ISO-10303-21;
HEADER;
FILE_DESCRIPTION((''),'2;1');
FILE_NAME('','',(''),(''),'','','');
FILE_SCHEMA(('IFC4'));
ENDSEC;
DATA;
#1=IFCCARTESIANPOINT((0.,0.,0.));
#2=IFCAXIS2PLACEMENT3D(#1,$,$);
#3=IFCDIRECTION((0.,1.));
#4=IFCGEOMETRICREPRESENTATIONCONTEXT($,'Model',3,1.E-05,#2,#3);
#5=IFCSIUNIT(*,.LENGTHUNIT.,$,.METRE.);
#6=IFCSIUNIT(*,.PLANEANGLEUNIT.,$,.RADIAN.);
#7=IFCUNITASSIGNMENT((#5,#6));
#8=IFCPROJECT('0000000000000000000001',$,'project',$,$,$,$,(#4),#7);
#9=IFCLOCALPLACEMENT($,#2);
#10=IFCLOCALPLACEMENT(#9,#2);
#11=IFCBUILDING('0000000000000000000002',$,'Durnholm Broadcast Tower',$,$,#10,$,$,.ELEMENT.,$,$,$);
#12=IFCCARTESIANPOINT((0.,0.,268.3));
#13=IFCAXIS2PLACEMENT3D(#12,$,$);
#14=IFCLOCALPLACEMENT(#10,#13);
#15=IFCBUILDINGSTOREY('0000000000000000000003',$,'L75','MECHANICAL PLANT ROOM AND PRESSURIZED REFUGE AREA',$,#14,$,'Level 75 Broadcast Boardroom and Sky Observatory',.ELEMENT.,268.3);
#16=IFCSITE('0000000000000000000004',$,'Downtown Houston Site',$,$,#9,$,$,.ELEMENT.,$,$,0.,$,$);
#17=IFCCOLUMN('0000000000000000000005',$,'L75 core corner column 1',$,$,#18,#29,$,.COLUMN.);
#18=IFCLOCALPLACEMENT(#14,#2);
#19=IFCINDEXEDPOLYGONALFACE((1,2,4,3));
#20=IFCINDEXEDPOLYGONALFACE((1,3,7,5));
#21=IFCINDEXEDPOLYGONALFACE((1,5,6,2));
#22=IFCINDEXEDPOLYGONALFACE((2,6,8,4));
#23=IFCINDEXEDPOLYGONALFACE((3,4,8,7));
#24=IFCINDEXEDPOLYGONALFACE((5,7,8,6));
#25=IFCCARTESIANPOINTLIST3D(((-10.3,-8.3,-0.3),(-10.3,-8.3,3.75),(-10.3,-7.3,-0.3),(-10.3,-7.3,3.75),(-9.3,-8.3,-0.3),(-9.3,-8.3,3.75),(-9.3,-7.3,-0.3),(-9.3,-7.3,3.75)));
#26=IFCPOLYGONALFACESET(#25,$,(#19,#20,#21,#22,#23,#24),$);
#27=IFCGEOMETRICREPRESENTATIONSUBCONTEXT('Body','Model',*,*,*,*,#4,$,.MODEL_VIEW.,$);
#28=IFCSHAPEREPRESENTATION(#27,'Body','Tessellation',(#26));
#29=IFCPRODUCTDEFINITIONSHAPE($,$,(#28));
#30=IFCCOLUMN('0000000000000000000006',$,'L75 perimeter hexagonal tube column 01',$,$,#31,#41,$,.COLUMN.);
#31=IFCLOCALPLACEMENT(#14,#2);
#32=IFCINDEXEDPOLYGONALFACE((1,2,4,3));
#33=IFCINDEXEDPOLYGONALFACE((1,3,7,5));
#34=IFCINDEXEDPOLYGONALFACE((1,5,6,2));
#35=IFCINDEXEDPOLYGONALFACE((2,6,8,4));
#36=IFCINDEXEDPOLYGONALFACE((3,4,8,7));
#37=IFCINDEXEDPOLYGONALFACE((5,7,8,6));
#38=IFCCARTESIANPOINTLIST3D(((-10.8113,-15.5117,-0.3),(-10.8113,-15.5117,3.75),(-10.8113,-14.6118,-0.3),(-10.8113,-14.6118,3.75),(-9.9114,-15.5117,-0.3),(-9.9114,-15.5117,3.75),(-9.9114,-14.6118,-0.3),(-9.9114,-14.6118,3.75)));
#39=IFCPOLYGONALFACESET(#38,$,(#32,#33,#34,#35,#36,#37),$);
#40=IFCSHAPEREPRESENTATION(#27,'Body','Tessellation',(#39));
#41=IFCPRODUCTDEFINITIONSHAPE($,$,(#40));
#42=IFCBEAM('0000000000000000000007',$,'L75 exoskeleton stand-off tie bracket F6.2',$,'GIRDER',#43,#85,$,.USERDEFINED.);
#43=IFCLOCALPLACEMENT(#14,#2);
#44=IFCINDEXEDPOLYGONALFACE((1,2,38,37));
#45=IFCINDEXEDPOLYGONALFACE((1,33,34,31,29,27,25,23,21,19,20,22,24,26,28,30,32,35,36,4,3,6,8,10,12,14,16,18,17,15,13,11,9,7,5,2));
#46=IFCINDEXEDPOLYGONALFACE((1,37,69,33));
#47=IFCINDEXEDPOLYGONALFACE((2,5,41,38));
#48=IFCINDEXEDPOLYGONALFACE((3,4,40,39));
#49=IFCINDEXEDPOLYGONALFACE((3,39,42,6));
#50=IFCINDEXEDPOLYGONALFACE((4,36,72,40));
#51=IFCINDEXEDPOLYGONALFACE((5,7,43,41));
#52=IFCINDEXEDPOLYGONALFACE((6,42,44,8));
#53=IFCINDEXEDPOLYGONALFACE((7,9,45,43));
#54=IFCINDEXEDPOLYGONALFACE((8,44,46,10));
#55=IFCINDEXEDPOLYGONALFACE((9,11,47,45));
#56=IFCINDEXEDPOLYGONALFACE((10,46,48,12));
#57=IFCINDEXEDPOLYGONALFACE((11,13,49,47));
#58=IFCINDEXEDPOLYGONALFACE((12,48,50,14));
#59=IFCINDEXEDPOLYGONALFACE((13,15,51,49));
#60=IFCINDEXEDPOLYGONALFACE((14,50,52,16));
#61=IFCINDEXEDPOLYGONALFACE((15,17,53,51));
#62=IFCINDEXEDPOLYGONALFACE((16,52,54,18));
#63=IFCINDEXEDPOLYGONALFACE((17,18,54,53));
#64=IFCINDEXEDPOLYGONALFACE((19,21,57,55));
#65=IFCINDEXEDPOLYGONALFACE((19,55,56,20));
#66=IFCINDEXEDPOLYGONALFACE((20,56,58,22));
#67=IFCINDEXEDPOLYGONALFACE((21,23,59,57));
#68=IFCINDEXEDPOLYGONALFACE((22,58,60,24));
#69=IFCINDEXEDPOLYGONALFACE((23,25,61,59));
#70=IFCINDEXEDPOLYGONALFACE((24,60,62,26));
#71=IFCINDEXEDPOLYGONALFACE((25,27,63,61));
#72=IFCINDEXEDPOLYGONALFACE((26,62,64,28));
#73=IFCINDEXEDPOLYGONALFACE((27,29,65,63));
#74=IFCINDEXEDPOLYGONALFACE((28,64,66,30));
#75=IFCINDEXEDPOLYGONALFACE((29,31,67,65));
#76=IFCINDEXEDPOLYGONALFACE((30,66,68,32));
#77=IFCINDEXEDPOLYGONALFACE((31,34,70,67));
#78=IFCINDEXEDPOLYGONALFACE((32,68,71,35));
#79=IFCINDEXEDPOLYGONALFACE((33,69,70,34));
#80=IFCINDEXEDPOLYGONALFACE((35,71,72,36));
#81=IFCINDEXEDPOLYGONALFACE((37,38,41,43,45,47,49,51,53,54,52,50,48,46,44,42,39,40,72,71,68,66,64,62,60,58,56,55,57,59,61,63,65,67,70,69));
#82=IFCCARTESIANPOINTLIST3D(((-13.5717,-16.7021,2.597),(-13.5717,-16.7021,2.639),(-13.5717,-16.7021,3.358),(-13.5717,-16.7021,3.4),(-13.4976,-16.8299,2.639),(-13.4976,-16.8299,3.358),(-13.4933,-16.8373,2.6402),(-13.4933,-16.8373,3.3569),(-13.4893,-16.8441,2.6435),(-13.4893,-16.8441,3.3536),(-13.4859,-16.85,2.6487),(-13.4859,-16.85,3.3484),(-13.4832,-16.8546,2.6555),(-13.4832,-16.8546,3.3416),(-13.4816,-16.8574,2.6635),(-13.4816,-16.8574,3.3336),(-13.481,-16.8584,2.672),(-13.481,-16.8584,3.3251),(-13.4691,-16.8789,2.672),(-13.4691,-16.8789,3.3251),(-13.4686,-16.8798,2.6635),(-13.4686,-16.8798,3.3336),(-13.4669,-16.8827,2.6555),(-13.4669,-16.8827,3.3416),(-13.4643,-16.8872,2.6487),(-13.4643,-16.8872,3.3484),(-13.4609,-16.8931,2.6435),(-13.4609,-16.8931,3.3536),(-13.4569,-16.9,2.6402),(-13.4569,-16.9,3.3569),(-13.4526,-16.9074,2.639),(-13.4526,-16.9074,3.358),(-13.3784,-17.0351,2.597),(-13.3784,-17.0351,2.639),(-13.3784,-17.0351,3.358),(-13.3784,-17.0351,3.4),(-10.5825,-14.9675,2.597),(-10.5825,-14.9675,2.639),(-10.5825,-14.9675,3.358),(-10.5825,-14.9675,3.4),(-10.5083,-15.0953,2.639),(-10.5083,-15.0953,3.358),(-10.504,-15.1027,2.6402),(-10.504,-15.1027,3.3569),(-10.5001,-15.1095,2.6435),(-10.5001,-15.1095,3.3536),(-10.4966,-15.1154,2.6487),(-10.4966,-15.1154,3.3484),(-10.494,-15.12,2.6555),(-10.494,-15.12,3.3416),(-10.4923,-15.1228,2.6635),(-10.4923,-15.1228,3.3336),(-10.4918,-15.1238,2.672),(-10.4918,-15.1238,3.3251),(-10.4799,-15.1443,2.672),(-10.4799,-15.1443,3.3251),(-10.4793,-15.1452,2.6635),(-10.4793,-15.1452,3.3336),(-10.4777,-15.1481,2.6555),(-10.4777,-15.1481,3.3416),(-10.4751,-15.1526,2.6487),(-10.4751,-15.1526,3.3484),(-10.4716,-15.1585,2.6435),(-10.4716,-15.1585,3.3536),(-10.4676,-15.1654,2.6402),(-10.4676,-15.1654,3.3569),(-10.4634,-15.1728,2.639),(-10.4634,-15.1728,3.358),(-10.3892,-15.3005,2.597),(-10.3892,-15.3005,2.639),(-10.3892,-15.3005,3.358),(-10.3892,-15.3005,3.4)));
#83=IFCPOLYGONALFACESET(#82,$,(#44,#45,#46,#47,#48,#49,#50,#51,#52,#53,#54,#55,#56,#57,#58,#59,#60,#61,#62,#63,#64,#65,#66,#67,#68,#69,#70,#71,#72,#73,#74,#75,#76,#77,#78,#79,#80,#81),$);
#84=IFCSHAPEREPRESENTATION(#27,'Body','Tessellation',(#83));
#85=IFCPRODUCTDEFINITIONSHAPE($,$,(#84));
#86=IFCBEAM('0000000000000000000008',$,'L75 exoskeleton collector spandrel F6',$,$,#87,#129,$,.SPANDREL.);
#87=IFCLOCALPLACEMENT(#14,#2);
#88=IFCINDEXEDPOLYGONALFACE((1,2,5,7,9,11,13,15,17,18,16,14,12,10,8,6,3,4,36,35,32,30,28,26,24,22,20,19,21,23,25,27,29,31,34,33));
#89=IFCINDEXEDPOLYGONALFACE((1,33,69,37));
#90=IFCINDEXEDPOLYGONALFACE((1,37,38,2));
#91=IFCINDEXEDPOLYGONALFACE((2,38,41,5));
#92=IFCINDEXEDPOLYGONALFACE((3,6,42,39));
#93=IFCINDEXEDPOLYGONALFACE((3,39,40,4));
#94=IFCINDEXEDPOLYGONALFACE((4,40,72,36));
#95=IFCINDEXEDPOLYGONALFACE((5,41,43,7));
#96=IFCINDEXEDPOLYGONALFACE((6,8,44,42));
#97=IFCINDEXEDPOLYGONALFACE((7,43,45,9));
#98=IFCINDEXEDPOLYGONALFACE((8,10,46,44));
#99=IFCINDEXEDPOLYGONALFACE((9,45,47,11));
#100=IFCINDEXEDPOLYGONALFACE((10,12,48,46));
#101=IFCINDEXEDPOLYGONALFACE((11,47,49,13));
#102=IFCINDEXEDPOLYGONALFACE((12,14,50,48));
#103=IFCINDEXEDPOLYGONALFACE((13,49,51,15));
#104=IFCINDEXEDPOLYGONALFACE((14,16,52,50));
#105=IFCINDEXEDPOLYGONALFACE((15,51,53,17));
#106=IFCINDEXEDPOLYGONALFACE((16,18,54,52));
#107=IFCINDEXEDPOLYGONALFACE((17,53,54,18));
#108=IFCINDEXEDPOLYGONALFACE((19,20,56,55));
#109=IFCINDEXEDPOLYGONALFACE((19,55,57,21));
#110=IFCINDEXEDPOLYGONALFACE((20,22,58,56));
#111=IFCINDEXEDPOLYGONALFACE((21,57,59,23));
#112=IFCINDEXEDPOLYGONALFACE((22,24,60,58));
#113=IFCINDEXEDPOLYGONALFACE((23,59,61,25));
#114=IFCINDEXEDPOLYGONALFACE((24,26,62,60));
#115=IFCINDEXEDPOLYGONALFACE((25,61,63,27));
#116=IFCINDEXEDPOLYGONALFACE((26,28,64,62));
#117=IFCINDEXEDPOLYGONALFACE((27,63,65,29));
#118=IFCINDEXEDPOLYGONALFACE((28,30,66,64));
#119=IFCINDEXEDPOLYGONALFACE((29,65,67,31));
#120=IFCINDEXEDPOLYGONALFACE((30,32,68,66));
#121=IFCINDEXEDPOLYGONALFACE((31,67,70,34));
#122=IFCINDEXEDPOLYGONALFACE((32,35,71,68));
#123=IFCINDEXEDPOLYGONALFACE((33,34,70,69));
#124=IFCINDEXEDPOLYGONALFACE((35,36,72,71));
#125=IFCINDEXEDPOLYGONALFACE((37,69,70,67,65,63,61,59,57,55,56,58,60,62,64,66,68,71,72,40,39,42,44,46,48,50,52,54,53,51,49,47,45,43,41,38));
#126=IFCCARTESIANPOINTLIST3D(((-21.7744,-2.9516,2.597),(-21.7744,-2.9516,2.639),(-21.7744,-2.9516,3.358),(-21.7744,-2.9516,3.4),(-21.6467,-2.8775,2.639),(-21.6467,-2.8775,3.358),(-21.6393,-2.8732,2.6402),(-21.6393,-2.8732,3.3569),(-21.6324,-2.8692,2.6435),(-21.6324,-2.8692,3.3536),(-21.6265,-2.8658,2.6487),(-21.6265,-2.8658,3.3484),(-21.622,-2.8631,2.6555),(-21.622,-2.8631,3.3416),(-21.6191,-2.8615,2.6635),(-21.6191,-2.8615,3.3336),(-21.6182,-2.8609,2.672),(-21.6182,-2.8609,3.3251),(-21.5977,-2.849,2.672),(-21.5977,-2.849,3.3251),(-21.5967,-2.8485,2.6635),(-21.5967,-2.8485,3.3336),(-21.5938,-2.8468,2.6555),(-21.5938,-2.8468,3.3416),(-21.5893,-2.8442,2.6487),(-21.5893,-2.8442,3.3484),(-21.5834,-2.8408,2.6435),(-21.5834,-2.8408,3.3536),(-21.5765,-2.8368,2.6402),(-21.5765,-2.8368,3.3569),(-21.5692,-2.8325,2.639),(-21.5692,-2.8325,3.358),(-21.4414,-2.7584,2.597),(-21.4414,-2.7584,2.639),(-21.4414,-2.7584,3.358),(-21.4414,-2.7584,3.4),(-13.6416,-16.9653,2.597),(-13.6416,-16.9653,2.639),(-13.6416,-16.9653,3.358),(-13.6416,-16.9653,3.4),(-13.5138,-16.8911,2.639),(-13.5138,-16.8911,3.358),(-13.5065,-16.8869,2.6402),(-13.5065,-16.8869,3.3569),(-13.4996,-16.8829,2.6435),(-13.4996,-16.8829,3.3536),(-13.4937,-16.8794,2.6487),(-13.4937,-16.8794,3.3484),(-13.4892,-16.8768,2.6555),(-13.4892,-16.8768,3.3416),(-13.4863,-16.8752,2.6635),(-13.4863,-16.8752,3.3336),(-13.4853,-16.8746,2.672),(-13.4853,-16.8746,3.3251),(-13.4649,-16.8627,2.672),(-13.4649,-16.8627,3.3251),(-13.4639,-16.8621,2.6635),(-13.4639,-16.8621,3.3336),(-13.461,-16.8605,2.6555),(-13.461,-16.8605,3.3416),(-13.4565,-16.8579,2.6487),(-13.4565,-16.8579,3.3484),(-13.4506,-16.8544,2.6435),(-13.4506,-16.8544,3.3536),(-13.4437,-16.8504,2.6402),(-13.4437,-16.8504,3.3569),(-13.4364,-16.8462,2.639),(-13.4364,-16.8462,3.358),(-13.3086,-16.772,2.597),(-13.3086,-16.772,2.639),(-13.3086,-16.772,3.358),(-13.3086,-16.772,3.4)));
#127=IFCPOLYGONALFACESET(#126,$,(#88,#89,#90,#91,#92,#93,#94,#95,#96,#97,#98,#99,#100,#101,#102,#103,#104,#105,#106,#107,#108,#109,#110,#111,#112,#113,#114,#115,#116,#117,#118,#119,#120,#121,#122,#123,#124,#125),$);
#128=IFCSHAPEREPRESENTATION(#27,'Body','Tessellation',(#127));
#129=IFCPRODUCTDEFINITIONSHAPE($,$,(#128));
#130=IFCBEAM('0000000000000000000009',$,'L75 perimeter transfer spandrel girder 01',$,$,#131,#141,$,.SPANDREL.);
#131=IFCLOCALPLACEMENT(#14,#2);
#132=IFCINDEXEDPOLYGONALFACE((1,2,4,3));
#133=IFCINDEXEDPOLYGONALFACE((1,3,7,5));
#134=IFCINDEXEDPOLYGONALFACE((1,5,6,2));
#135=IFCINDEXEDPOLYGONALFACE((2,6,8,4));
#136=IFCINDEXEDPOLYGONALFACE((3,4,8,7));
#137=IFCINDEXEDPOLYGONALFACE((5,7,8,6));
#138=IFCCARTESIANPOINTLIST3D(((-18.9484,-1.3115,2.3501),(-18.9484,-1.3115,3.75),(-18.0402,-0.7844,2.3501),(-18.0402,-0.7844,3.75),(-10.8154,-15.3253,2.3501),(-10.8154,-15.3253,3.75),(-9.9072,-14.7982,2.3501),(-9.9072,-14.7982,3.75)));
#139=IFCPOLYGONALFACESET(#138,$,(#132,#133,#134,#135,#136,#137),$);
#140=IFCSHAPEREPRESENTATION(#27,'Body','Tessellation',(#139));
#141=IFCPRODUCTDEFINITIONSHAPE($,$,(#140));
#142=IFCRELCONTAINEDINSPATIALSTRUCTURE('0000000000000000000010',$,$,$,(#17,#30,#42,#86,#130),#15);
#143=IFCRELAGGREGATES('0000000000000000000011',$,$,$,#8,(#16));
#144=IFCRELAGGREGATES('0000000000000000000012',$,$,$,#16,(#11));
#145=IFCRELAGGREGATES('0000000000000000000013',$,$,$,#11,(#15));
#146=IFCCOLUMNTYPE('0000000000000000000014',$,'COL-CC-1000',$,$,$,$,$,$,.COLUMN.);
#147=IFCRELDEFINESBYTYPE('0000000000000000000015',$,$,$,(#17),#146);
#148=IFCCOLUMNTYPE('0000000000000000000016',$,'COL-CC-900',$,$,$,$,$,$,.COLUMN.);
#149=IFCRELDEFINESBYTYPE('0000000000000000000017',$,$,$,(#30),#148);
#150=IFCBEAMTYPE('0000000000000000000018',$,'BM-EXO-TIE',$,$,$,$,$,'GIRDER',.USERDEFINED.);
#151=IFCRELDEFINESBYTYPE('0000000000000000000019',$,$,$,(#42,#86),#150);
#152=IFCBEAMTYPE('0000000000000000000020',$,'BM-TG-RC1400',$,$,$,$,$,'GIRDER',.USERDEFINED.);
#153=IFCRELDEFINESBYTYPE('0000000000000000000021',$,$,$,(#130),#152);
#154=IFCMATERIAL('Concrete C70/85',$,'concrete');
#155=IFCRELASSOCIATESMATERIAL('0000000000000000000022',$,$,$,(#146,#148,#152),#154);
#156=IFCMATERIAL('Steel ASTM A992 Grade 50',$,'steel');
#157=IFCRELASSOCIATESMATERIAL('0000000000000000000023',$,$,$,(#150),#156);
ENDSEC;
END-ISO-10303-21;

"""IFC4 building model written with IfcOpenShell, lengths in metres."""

from ifc_helpers import new_model, si_unit, direction, frame, origin, origin_2d, place, context, subcontext, project, spatial, rectangle, i_section, extrude, source, transform, mapped, material, material_profile, profile_set, type_object, type_shapes, element, save


model = new_model("IFC4")

# Units and contexts
model_context = context("Model", 3, precision=1e-05, world=origin(), true_north=direction((0.0, 1.0)))
body_context = subcontext(model_context, "Body", "Model", "MODEL_VIEW")
ifc_project = project(units=[si_unit("LENGTHUNIT", "METRE"), si_unit("PLANEANGLEUNIT", "RADIAN")], contexts=[model_context])

# Site, building, storey
site_placement = place(None, origin())
site = spatial("IfcSite", under=ifc_project, at=site_placement, Name="Downtown Houston Site", CompositionType="ELEMENT", RefElevation=0.0)
building_placement = place(site_placement, origin())
building = spatial("IfcBuilding", under=site, at=building_placement, Name="Durnholm Broadcast Tower", CompositionType="ELEMENT")
storey_placement = place(building_placement, frame((0.0, 0.0, 268.3)))
storey = spatial("IfcBuildingStorey", under=building, at=storey_placement, Name="L75", Description="MECHANICAL PLANT ROOM AND PRESSURIZED REFUGE AREA", LongName="Level 75 Broadcast Boardroom and Sky Observatory", CompositionType="ELEMENT", Elevation=268.3)

# Columns
ifc_material_1 = material(Name="Concrete C70/85", Category="concrete")
ifc_material_profile_1 = material_profile(ifc_material_1, rectangle(XDim=1.0, YDim=1.0, at=origin_2d()), Name="RC1000X1000")
ifc_profile_set_1 = profile_set([ifc_material_profile_1], Name="Concrete C70/85")
column_type_1 = type_object("IfcColumnType", Name="COL-CC-1000", PredefinedType="COLUMN", material=ifc_profile_set_1)
shared_shape_1 = source(origin(), body_context, "Body", "SweptSolid", [
    extrude(rectangle(XDim=1.0, YDim=1.0, at=origin_2d()), origin(), (0.0, 0.0, 1.0), 4.05),
])
type_shapes(column_type_1, [shared_shape_1])
column_1_placement = place(storey_placement, frame((-9.8, -7.8, -0.3), z_axis=(0.0, 0.0, 1.0), x_axis=(1.0, 0.0, 0.0)))
element("IfcColumn", 1, at=column_1_placement, inside=storey, type_object=column_type_1, Name="L75 core corner column 1", PredefinedType="COLUMN", context=body_context, shape_type="MappedRepresentation", body=[
    mapped(shared_shape_1, transform((0.0, 0.0, 0.0), x_axis=(1.0, 0.0, 0.0), y_axis=(0.0, 1.0, 0.0), z_axis=(0.0, 0.0, 1.0), scale=1.0)),
])
ifc_material_profile_2 = material_profile(ifc_material_1, rectangle(XDim=0.8999, YDim=0.8999, at=origin_2d()), Name="RC900X900")
ifc_profile_set_2 = profile_set([ifc_material_profile_2], Name="Concrete C70/85")
column_type_2 = type_object("IfcColumnType", Name="COL-CC-900", PredefinedType="COLUMN", material=ifc_profile_set_2)
shared_shape_2 = source(origin(), body_context, "Body", "SweptSolid", [
    extrude(rectangle(XDim=0.8999, YDim=0.8999, at=origin_2d()), origin(), (0.0, 0.0, 1.0), 4.05),
])
type_shapes(column_type_2, [shared_shape_2])
column_2_placement = place(storey_placement, frame((-10.3613, -15.0618, -0.3), z_axis=(0.0, 0.0, 1.0), x_axis=(1.0, 0.0, 0.0)))
element("IfcColumn", 2, at=column_2_placement, inside=storey, type_object=column_type_2, Name="L75 perimeter hexagonal tube column 01", PredefinedType="COLUMN", context=body_context, shape_type="MappedRepresentation", body=[
    mapped(shared_shape_2, transform((0.0, 0.0, 0.0), x_axis=(1.0, 0.0, 0.0), y_axis=(0.0, 1.0, 0.0), z_axis=(0.0, 0.0, 1.0), scale=1.0)),
])

# Beams
ifc_material_2 = material(Name="Steel ASTM A992 Grade 50", Category="steel")
ifc_material_profile_3 = material_profile(ifc_material_2, i_section(OverallWidth=0.385, OverallDepth=0.803, WebThickness=0.0237, FlangeThickness=0.042, FilletRadius=0.033, at=origin_2d()), Name="W30X261")
ifc_profile_set_3 = profile_set([ifc_material_profile_3], Name="Steel ASTM A992 Grade 50")
beam_type_1 = type_object("IfcBeamType", Name="BM-EXO-TIE", ElementType="GIRDER", PredefinedType="USERDEFINED", material=ifc_profile_set_3)
shared_shape_3 = source(origin(), body_context, "Body", "SweptSolid", [
    extrude(i_section(OverallWidth=0.385, OverallDepth=0.803, WebThickness=0.0237, FlangeThickness=0.042, FilletRadius=0.033, at=origin_2d()), origin(), (0.0, 0.0, 1.0), 3.4561),
])
beam_1_placement = place(storey_placement, frame((-10.4858, -15.134, 2.9985), z_axis=(-0.864924, -0.501902, 0.0), x_axis=(0.501902, -0.864924, 0.0)))
element("IfcBeam", 3, at=beam_1_placement, inside=storey, type_object=beam_type_1, Name="L75 exoskeleton stand-off tie bracket F6.2", ObjectType="GIRDER", PredefinedType="USERDEFINED", context=body_context, shape_type="MappedRepresentation", body=[
    mapped(shared_shape_3, transform((0.0, 0.0, 0.0), x_axis=(1.0, 0.0, 0.0), y_axis=(0.0, 1.0, 0.0), z_axis=(0.0, 0.0, 1.0), scale=1.0)),
])
shared_shape_4 = source(origin(), body_context, "Body", "SweptSolid", [
    extrude(i_section(OverallWidth=0.385, OverallDepth=0.803, WebThickness=0.0237, FlangeThickness=0.042, FilletRadius=0.033, at=origin_2d()), origin(), (0.0, 0.0, 1.0), 16.2026),
])
type_shapes(beam_type_1, [shared_shape_3, shared_shape_4])
beam_2_placement = place(storey_placement, frame((-21.6079, -2.855, 2.9985), z_axis=(0.501944, -0.8649, 0.0), x_axis=(0.8649, 0.501944, 0.0)))
element("IfcBeam", 4, at=beam_2_placement, inside=storey, type_object=beam_type_1, Name="L75 exoskeleton collector spandrel F6", PredefinedType="SPANDREL", context=body_context, shape_type="MappedRepresentation", body=[
    mapped(shared_shape_4, transform((0.0, 0.0, 0.0), x_axis=(1.0, 0.0, 0.0), y_axis=(0.0, 1.0, 0.0), z_axis=(0.0, 0.0, 1.0), scale=1.0)),
])
ifc_material_profile_4 = material_profile(ifc_material_1, rectangle(XDim=1.05, YDim=1.3999, at=origin_2d()), Name="RC1050X1400")
ifc_profile_set_4 = profile_set([ifc_material_profile_4], Name="Concrete C70/85")
beam_type_2 = type_object("IfcBeamType", Name="BM-TG-RC1400", ElementType="GIRDER", PredefinedType="USERDEFINED", material=ifc_profile_set_4)
shared_shape_5 = source(origin(), body_context, "Body", "SweptSolid", [
    extrude(rectangle(XDim=1.05, YDim=1.3999, at=origin_2d()), origin(), (0.0, 0.0, 1.0), 16.2029),
])
type_shapes(beam_type_2, [shared_shape_5])
beam_3_placement = place(storey_placement, frame((-10.3613, -15.0618, 3.05), z_axis=(-0.501948, 0.864898, 0.0), x_axis=(-0.864898, -0.501948, 0.0)))
element("IfcBeam", 5, at=beam_3_placement, inside=storey, type_object=beam_type_2, Name="L75 perimeter transfer spandrel girder 01", PredefinedType="SPANDREL", context=body_context, shape_type="MappedRepresentation", body=[
    mapped(shared_shape_5, transform((0.0, 0.0, 0.0), x_axis=(1.0, 0.0, 0.0), y_axis=(0.0, 1.0, 0.0), z_axis=(0.0, 0.0, 1.0), scale=1.0)),
])

save(model, "model.ifc")
